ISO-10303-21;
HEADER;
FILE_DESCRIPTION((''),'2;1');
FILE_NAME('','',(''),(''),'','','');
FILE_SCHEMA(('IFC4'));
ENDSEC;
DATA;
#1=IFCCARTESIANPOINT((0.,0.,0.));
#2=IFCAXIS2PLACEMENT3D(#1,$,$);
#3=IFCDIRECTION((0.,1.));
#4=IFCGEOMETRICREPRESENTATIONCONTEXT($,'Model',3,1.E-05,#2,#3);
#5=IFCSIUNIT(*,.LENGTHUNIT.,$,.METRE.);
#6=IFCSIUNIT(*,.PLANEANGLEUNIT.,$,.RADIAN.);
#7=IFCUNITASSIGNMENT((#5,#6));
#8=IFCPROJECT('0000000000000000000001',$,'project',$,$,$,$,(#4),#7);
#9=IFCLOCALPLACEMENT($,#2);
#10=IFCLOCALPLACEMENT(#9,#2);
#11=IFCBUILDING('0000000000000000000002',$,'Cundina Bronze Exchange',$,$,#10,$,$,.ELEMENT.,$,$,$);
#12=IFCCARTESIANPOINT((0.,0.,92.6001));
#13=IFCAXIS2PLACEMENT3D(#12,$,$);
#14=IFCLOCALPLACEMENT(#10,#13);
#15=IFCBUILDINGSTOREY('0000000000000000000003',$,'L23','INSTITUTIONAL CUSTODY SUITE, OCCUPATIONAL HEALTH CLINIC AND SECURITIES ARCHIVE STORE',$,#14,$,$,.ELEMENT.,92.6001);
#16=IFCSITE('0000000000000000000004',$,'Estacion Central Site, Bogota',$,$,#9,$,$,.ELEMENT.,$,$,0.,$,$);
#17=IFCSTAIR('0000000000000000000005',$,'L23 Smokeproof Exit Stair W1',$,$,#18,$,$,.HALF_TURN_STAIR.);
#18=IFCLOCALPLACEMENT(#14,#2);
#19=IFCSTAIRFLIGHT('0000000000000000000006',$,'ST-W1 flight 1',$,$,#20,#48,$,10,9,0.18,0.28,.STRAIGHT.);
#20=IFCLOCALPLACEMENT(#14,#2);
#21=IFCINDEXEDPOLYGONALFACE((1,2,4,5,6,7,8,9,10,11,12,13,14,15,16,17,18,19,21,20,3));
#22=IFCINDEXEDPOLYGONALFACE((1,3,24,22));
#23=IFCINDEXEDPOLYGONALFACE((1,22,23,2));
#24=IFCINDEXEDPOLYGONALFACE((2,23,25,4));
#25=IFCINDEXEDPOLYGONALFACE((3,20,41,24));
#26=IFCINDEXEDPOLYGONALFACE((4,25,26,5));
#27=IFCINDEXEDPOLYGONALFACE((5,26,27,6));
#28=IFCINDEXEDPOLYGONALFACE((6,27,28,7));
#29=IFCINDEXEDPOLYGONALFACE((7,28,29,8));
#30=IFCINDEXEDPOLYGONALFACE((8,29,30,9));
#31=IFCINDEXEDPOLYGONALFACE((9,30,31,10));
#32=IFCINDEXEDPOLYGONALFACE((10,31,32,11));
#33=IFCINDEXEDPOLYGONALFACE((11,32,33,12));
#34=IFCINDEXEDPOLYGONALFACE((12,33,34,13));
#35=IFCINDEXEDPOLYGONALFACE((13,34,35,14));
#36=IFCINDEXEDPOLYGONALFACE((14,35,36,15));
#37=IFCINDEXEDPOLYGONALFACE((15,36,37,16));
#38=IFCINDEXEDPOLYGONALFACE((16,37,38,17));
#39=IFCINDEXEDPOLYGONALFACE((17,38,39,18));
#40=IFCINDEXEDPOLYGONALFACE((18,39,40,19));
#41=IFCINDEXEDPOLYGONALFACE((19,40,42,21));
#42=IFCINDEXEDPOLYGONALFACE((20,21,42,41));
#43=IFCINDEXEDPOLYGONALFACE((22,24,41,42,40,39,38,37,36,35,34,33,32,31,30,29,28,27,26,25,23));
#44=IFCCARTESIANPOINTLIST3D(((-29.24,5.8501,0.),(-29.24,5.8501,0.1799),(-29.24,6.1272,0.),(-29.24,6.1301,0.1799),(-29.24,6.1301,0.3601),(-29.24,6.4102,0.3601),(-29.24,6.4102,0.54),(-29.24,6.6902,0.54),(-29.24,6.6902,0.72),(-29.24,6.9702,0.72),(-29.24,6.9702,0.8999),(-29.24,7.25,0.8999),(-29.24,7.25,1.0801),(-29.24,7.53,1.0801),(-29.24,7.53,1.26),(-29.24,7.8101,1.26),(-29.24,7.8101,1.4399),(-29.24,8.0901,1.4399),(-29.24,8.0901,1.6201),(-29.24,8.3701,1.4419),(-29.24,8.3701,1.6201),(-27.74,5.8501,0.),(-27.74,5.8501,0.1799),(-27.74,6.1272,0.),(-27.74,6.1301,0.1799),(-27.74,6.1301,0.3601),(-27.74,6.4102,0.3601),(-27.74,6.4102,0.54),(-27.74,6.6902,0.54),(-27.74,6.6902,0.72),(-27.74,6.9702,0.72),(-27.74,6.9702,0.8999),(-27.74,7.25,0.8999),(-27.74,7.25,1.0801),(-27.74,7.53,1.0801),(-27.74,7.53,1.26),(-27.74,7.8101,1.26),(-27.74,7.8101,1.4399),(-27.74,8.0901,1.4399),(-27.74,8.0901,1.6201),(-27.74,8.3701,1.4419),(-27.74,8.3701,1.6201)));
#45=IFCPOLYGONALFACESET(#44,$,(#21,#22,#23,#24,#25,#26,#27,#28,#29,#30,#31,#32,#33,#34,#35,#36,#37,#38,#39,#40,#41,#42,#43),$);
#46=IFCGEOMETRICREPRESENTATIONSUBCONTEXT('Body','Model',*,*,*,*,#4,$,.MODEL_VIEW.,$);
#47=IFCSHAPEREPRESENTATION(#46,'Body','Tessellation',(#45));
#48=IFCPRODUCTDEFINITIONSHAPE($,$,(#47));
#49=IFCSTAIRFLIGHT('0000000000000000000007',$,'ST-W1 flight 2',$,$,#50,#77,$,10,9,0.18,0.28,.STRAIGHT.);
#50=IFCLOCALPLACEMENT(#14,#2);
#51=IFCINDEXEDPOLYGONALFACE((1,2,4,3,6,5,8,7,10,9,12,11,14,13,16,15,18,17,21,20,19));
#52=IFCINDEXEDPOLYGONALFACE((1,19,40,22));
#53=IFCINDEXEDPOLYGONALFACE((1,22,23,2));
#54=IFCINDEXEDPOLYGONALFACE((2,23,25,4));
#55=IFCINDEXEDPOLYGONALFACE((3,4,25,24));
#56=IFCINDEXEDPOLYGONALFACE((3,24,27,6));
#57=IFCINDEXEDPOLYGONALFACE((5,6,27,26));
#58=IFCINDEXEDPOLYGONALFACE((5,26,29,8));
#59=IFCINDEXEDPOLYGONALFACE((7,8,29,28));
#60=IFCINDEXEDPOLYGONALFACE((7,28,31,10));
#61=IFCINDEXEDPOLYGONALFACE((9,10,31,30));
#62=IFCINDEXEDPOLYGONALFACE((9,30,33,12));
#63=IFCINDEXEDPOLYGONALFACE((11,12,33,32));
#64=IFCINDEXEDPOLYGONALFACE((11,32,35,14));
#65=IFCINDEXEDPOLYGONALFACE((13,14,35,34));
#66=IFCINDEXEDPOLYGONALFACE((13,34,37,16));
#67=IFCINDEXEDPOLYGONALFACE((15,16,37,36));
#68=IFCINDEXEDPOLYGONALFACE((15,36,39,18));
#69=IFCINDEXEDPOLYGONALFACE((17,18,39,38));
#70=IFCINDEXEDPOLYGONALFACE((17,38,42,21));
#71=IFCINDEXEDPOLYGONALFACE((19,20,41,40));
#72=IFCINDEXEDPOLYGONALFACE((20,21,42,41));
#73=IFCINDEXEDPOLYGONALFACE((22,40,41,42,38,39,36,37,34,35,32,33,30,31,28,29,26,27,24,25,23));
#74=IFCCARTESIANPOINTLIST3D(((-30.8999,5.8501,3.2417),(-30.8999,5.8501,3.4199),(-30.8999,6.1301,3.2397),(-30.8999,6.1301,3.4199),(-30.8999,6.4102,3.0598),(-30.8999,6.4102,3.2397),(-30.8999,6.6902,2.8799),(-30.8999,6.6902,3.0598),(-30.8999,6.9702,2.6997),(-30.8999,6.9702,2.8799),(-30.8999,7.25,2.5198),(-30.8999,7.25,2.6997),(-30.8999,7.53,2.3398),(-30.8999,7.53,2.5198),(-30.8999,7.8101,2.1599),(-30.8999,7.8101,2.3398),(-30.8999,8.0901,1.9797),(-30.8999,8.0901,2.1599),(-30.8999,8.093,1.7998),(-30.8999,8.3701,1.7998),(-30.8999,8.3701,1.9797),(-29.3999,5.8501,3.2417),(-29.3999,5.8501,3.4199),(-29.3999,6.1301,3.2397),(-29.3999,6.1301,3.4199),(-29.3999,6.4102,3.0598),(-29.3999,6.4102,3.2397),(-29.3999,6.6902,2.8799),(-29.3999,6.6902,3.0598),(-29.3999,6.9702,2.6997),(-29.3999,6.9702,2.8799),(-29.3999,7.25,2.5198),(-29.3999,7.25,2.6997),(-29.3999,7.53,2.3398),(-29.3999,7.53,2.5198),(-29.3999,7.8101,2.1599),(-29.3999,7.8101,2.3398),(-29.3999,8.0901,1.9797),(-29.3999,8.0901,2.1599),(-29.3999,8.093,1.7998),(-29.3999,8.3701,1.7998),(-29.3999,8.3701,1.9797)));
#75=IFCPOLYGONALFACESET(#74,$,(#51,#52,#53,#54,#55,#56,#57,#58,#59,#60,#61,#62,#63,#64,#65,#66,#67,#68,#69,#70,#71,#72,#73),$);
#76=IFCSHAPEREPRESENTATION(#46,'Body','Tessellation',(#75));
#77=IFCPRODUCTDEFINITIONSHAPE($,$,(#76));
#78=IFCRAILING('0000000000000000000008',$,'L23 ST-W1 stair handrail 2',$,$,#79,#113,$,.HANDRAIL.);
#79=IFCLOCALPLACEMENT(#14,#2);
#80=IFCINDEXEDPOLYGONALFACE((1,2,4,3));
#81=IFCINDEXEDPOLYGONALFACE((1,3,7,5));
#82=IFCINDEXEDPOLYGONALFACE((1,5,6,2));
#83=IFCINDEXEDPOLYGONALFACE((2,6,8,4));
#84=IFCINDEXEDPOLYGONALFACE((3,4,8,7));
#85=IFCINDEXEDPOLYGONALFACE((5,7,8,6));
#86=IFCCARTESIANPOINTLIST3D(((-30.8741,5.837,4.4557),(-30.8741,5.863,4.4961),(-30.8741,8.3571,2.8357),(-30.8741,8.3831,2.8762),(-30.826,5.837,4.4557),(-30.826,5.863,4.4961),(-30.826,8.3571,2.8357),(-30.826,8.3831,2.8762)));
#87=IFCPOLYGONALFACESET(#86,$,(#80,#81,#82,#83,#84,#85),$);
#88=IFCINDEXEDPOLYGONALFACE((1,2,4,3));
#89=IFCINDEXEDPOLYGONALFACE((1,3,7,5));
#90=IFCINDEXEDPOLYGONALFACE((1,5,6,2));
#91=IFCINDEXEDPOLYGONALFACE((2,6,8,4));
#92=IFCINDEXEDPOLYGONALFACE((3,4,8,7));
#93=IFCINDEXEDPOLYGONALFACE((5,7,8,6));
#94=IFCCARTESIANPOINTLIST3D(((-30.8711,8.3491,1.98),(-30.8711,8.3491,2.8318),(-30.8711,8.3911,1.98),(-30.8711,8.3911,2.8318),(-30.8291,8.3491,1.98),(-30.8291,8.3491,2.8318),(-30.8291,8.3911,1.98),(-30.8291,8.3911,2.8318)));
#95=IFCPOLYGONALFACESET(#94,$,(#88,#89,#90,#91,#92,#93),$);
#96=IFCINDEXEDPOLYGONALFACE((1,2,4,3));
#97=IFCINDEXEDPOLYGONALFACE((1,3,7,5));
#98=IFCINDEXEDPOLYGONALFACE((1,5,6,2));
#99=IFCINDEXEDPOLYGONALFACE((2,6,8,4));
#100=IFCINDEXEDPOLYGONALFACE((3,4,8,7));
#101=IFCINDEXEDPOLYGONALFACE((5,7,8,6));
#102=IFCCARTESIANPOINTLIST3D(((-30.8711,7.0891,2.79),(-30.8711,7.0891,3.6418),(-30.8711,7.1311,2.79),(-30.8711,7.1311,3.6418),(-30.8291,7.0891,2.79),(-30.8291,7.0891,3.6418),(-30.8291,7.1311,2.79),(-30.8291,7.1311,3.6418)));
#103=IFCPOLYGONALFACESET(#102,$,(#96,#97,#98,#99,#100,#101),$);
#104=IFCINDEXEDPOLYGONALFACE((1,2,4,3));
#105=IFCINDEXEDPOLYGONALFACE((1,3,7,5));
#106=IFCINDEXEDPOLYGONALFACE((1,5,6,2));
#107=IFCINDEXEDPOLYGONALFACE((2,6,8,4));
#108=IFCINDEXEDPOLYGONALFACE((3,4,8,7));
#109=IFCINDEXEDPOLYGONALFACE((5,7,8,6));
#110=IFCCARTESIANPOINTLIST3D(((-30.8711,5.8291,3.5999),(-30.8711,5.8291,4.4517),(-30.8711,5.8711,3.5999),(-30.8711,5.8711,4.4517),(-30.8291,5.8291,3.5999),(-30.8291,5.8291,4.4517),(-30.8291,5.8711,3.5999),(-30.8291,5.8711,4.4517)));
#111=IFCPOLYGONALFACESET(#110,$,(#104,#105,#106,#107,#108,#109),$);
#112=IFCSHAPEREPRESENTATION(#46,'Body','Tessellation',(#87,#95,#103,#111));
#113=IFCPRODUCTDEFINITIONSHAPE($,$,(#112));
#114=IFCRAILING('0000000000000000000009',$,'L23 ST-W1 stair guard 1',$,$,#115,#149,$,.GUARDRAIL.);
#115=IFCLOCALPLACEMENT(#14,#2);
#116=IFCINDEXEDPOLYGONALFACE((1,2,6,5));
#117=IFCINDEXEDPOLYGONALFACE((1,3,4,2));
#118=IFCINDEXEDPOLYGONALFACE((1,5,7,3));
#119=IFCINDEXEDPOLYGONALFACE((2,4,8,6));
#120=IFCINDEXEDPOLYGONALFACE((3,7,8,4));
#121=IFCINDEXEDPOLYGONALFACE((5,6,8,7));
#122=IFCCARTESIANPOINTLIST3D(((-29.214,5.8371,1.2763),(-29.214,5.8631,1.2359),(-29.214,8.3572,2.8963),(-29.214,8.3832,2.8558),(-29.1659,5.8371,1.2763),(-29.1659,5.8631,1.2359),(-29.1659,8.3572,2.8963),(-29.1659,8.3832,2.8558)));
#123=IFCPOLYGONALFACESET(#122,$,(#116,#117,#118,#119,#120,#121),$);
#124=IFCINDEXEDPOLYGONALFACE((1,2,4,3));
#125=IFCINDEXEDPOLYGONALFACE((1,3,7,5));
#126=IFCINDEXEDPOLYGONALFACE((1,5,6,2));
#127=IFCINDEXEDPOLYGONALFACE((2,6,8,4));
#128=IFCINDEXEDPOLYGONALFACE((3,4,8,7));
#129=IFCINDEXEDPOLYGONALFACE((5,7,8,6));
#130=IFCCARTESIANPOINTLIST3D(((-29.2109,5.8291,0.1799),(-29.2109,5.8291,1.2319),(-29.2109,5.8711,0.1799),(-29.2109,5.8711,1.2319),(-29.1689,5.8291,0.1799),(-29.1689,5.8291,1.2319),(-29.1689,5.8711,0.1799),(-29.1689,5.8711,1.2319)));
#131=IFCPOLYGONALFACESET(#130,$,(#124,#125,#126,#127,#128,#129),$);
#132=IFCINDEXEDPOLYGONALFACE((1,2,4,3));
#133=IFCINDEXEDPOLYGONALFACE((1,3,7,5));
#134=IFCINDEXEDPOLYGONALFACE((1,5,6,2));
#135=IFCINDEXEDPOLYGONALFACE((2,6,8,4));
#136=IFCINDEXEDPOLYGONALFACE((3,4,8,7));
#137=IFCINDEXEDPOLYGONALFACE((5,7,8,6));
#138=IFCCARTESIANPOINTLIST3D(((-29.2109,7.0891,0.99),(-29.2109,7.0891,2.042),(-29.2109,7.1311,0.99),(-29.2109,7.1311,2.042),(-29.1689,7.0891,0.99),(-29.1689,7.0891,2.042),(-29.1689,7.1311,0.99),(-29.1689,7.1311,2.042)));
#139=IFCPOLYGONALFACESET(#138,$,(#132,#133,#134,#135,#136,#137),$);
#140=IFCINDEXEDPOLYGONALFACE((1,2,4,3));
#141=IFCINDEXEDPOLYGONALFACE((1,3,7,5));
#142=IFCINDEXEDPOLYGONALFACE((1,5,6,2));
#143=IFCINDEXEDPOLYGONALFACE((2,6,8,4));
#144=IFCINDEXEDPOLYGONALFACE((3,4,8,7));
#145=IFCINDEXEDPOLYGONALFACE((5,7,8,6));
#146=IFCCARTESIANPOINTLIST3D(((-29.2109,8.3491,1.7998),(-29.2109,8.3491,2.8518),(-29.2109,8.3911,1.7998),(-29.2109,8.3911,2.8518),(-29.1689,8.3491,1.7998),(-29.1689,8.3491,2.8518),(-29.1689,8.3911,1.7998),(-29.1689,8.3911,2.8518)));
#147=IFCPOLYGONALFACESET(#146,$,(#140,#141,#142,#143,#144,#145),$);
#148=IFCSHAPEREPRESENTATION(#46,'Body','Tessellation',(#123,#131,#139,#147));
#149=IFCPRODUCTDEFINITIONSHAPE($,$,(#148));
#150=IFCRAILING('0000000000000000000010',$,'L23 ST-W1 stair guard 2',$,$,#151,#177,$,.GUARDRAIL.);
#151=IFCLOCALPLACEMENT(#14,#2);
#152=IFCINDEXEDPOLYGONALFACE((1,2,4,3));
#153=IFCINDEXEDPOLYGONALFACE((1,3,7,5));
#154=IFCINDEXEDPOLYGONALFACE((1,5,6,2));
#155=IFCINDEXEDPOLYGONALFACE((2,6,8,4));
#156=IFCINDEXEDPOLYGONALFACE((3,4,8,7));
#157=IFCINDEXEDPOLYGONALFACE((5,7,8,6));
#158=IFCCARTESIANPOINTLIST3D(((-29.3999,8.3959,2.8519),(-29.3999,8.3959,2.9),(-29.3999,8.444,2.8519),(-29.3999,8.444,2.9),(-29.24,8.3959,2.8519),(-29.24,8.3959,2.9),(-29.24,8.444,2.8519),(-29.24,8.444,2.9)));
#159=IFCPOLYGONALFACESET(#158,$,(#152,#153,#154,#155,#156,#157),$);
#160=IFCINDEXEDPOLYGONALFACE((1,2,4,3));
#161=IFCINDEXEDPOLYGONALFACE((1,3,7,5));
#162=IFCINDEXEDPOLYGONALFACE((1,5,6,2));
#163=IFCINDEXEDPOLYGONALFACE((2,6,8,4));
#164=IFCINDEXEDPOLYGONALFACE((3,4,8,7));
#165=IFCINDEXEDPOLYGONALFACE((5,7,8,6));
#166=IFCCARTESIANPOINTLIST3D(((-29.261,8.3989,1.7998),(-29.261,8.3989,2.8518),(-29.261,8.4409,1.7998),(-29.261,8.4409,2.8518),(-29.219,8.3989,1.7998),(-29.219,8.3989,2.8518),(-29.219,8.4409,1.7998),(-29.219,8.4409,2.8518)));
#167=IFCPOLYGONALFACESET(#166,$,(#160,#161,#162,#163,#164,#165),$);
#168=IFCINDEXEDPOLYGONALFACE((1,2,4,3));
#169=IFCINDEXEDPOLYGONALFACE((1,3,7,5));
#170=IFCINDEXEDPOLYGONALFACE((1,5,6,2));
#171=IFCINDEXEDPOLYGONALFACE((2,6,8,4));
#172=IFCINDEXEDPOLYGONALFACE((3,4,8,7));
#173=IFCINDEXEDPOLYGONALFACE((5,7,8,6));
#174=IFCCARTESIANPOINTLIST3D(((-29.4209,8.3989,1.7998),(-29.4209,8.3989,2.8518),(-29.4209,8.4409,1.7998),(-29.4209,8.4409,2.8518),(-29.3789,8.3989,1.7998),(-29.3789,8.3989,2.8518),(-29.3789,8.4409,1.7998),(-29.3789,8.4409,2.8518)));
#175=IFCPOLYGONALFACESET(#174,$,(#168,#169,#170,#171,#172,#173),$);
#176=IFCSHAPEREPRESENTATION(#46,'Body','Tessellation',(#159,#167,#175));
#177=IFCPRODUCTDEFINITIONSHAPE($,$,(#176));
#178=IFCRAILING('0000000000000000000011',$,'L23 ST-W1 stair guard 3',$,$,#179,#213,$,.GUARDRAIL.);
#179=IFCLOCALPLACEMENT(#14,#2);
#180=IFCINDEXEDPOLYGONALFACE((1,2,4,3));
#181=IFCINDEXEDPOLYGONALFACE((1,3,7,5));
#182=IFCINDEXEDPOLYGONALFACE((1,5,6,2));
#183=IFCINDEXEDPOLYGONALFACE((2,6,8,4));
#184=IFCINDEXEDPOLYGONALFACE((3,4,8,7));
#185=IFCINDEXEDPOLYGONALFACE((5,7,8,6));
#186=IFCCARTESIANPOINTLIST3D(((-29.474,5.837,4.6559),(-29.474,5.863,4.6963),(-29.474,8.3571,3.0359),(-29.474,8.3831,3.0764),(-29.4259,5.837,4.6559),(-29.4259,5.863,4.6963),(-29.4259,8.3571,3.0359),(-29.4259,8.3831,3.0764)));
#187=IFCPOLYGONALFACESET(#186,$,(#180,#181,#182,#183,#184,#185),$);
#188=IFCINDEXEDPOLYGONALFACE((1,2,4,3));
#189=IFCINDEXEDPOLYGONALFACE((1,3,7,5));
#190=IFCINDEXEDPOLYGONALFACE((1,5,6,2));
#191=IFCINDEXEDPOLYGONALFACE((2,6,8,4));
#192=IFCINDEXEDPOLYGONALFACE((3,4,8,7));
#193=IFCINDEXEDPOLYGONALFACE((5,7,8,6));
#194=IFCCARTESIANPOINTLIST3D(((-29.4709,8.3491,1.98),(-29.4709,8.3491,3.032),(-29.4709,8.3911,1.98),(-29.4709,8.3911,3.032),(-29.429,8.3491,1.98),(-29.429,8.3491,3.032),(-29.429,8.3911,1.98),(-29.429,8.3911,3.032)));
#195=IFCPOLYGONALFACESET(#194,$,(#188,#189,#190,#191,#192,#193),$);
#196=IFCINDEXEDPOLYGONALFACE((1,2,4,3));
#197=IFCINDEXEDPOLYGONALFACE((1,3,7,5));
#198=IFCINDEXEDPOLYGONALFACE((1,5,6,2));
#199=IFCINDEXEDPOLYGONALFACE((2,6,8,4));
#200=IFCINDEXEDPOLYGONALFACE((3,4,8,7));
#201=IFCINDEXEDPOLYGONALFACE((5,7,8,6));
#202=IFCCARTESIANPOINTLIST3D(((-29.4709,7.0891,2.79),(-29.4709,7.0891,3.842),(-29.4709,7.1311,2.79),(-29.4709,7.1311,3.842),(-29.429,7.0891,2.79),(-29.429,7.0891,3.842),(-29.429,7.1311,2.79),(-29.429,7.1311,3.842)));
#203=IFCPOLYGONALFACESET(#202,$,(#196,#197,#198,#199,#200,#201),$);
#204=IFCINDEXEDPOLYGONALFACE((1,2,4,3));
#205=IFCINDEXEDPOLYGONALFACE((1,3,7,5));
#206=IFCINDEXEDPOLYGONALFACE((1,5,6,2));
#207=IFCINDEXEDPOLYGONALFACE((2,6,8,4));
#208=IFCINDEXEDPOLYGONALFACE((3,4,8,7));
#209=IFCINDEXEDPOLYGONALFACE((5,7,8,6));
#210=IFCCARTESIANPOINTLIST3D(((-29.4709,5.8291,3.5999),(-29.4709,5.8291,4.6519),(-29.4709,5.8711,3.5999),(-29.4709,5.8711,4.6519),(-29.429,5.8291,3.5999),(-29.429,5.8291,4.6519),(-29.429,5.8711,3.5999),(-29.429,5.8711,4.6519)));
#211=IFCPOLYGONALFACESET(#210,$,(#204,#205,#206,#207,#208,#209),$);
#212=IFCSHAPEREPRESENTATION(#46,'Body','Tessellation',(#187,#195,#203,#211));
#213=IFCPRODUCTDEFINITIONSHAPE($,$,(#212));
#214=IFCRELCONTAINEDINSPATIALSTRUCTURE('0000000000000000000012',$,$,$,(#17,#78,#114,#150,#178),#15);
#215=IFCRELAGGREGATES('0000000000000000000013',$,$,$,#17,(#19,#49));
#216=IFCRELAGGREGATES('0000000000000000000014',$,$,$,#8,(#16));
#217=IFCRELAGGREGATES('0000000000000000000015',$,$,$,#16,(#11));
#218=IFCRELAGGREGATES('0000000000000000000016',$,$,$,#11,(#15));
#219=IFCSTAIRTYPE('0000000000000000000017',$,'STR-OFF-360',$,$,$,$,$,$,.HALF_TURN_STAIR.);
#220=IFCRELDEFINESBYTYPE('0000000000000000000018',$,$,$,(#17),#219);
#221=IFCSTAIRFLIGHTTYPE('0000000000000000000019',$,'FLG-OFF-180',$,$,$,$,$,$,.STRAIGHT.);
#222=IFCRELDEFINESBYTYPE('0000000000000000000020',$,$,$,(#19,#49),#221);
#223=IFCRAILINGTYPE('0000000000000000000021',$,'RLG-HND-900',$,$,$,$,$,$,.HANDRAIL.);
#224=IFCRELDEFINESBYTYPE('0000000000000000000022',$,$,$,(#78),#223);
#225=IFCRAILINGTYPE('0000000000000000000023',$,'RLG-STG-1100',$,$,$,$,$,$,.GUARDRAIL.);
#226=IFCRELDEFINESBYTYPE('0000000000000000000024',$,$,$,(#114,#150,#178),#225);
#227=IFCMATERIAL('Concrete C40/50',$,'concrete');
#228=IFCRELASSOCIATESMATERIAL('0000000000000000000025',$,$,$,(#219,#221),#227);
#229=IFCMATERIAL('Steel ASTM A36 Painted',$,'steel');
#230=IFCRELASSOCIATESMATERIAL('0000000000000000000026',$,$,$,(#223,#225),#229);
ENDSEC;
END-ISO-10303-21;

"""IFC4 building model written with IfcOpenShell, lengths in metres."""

from ifc_helpers import new_model, si_unit, direction, frame, origin, origin_2d, place, context, subcontext, project, spatial, polyline, rectangle, outline, extrude, material, type_object, element, aggregate, save


model = new_model("IFC4")

# Units and contexts
model_context = context("Model", 3, precision=1e-05, world=origin(), true_north=direction((0.0, 1.0)))
body_context = subcontext(model_context, "Body", "Model", "MODEL_VIEW")
ifc_project = project(units=[si_unit("LENGTHUNIT", "METRE"), si_unit("PLANEANGLEUNIT", "RADIAN")], contexts=[model_context])

# Site, building, storey
site_placement = place(None, origin())
site = spatial("IfcSite", under=ifc_project, at=site_placement, Name="Estacion Central Site, Bogota", CompositionType="ELEMENT", RefElevation=0.0)
building_placement = place(site_placement, origin())
building = spatial("IfcBuilding", under=site, at=building_placement, Name="Cundina Bronze Exchange", CompositionType="ELEMENT")
storey_placement = place(building_placement, frame((0.0, 0.0, 92.6001)))
storey = spatial("IfcBuildingStorey", under=building, at=storey_placement, Name="L23", Description="INSTITUTIONAL CUSTODY SUITE, OCCUPATIONAL HEALTH CLINIC AND SECURITIES ARCHIVE STORE", CompositionType="ELEMENT", Elevation=92.6001)

# Shared definitions
ifc_material_1 = material(Name="Steel ASTM A36 Painted", Category="steel")

# Stair, stair flights
ifc_material_2 = material(Name="Concrete C40/50", Category="concrete")
stair_type = type_object("IfcStairType", Name="STR-OFF-360", PredefinedType="HALF_TURN_STAIR", material=ifc_material_2)
stair_placement = place(storey_placement, origin())
stair = element("IfcStair", 1, at=stair_placement, inside=storey, type_object=stair_type, Name="L23 Smokeproof Exit Stair W1", PredefinedType="HALF_TURN_STAIR")
stair_flight_type = type_object("IfcStairFlightType", Name="FLG-OFF-180", PredefinedType="STRAIGHT", material=ifc_material_2)
stair_flight_1_placement = place(storey_placement, frame((-28.49, 5.8501, 0.0), z_axis=(0.0, 0.0, 1.0), x_axis=(0.0, 1.0, 0.0)))
stair_flight_1 = element("IfcStairFlight", 2, at=stair_flight_1_placement, type_object=stair_flight_type, Name="ST-W1 flight 1", NumberOfRisers=10, NumberOfTreads=9, PredefinedType="STRAIGHT", RiserHeight=0.18, TreadLength=0.28, context=body_context, shape_type="SweptSolid", body=[
    extrude(outline(polyline([(0.0, 0.0), (0.0, 0.1799), (0.28, 0.1799), (0.28, 0.3601), (0.5601, 0.3601), (0.5601, 0.54), (0.8401, 0.54), (0.8401, 0.72), (1.1201, 0.72), (1.1201, 0.8999), (1.3999, 0.8999), (1.3999, 1.0801), (1.6799, 1.0801), (1.6799, 1.26), (1.96, 1.26), (1.96, 1.4399), (2.24, 1.4399), (2.24, 1.6201), (2.52, 1.6201), (2.52, 1.8), (2.52, 1.4419), (0.2771, 0.0), (0.0, 0.0)])), frame((0.0, 0.75, 0.0), z_axis=(0.0, -1.0, 0.0), x_axis=(1.0, 0.0, 0.0)), (0.0, 0.0, 1.0), 1.5),
])
stair_flight_2_placement = place(storey_placement, frame((-30.1499, 8.3701, 1.7998), z_axis=(0.0, 0.0, 1.0), x_axis=(0.0, -1.0, 0.0)))
stair_flight_2 = element("IfcStairFlight", 3, at=stair_flight_2_placement, type_object=stair_flight_type, Name="ST-W1 flight 2", NumberOfRisers=10, NumberOfTreads=9, PredefinedType="STRAIGHT", RiserHeight=0.18, TreadLength=0.28, context=body_context, shape_type="SweptSolid", body=[
    extrude(outline(polyline([(0.0, 0.0), (0.0, 0.1799), (0.28, 0.1799), (0.28, 0.3601), (0.5601, 0.3601), (0.5601, 0.54), (0.8401, 0.54), (0.8401, 0.72), (1.1201, 0.72), (1.1201, 0.8999), (1.3999, 0.8999), (1.3999, 1.0801), (1.6799, 1.0801), (1.6799, 1.26), (1.96, 1.26), (1.96, 1.4399), (2.24, 1.4399), (2.24, 1.6201), (2.52, 1.6201), (2.52, 1.8), (2.52, 1.4419), (0.2771, 0.0), (0.0, 0.0)])), frame((0.0, 0.75, 0.0), z_axis=(0.0, -1.0, 0.0), x_axis=(1.0, 0.0, 0.0)), (0.0, 0.0, 1.0), 1.5),
])
aggregate(stair, [stair_flight_1, stair_flight_2])

# Railings
railing_type_1 = type_object("IfcRailingType", Name="RLG-HND-900", PredefinedType="HANDRAIL", material=ifc_material_1)
railing_1_placement = place(storey_placement, frame((-30.8501, 8.3701, 1.98)))
element("IfcRailing", 4, at=railing_1_placement, inside=storey, type_object=railing_type_1, Name="L23 ST-W1 stair handrail 2", PredefinedType="HANDRAIL", context=body_context, shape_type="SweptSolid", body=[
    extrude(rectangle(XDim=0.0481, YDim=0.0481, at=origin_2d()), frame((0.0, 0.0, 0.876), z_axis=(0.0, -0.8412, 0.540725), x_axis=(1.0, 0.0, 0.0)), (0.0, 0.0, 1.0), 2.9958),
    extrude(rectangle(XDim=0.042, YDim=0.042, at=origin_2d()), origin(), (0.0, 0.0, 1.0), 0.8518),
    extrude(rectangle(XDim=0.042, YDim=0.042, at=origin_2d()), frame((0.0, -1.26, 0.8101)), (0.0, 0.0, 1.0), 0.8518),
    extrude(rectangle(XDim=0.042, YDim=0.042, at=origin_2d()), frame((0.0, -2.52, 1.6199)), (0.0, 0.0, 1.0), 0.8518),
])
railing_type_2 = type_object("IfcRailingType", Name="RLG-STG-1100", PredefinedType="GUARDRAIL", material=ifc_material_1)
railing_2_placement = place(storey_placement, frame((-29.1899, 5.8501, 0.1799)))
element("IfcRailing", 5, at=railing_2_placement, inside=storey, type_object=railing_type_2, Name="L23 ST-W1 stair guard 1", PredefinedType="GUARDRAIL", context=body_context, shape_type="SweptSolid", body=[
    extrude(rectangle(XDim=0.0481, YDim=0.0481, at=origin_2d()), frame((0.0, 0.0, 1.0762), z_axis=(0.0, 0.8412, 0.540725), x_axis=(-1.0, 0.0, 0.0)), (0.0, 0.0, 1.0), 2.9958),
    extrude(rectangle(XDim=0.042, YDim=0.042, at=origin_2d()), origin(), (0.0, 0.0, 1.0), 1.052),
    extrude(rectangle(XDim=0.042, YDim=0.042, at=origin_2d()), frame((0.0, 1.26, 0.8101)), (0.0, 0.0, 1.0), 1.052),
    extrude(rectangle(XDim=0.042, YDim=0.042, at=origin_2d()), frame((0.0, 2.52, 1.6199)), (0.0, 0.0, 1.0), 1.052),
])
railing_3_placement = place(storey_placement, frame((-29.24, 8.4199, 1.7998)))
element("IfcRailing", 6, at=railing_3_placement, inside=storey, type_object=railing_type_2, Name="L23 ST-W1 stair guard 2", PredefinedType="GUARDRAIL", context=body_context, shape_type="SweptSolid", body=[
    extrude(rectangle(XDim=0.0481, YDim=0.0481, at=origin_2d()), frame((0.0, 0.0, 1.0762), z_axis=(-1.0, 0.0, 0.0), x_axis=(0.0, -1.0, 0.0)), (0.0, 0.0, 1.0), 0.1599),
    extrude(rectangle(XDim=0.042, YDim=0.042, at=origin_2d()), origin(), (0.0, 0.0, 1.0), 1.052),
    extrude(rectangle(XDim=0.042, YDim=0.042, at=origin_2d()), frame((-0.1599, 0.0, 0.0)), (0.0, 0.0, 1.0), 1.052),
])
railing_4_placement = place(storey_placement, frame((-29.45, 8.3701, 1.98)))
element("IfcRailing", 7, at=railing_4_placement, inside=storey, type_object=railing_type_2, Name="L23 ST-W1 stair guard 3", PredefinedType="GUARDRAIL", context=body_context, shape_type="SweptSolid", body=[
    extrude(rectangle(XDim=0.0481, YDim=0.0481, at=origin_2d()), frame((0.0, 0.0, 1.0762), z_axis=(0.0, -0.8412, 0.540725), x_axis=(1.0, 0.0, 0.0)), (0.0, 0.0, 1.0), 2.9958),
    extrude(rectangle(XDim=0.042, YDim=0.042, at=origin_2d()), origin(), (0.0, 0.0, 1.0), 1.052),
    extrude(rectangle(XDim=0.042, YDim=0.042, at=origin_2d()), frame((0.0, -1.26, 0.8101)), (0.0, 0.0, 1.0), 1.052),
    extrude(rectangle(XDim=0.042, YDim=0.042, at=origin_2d()), frame((0.0, -2.52, 1.6199)), (0.0, 0.0, 1.0), 1.052),
])

save(model, "model.ifc")
